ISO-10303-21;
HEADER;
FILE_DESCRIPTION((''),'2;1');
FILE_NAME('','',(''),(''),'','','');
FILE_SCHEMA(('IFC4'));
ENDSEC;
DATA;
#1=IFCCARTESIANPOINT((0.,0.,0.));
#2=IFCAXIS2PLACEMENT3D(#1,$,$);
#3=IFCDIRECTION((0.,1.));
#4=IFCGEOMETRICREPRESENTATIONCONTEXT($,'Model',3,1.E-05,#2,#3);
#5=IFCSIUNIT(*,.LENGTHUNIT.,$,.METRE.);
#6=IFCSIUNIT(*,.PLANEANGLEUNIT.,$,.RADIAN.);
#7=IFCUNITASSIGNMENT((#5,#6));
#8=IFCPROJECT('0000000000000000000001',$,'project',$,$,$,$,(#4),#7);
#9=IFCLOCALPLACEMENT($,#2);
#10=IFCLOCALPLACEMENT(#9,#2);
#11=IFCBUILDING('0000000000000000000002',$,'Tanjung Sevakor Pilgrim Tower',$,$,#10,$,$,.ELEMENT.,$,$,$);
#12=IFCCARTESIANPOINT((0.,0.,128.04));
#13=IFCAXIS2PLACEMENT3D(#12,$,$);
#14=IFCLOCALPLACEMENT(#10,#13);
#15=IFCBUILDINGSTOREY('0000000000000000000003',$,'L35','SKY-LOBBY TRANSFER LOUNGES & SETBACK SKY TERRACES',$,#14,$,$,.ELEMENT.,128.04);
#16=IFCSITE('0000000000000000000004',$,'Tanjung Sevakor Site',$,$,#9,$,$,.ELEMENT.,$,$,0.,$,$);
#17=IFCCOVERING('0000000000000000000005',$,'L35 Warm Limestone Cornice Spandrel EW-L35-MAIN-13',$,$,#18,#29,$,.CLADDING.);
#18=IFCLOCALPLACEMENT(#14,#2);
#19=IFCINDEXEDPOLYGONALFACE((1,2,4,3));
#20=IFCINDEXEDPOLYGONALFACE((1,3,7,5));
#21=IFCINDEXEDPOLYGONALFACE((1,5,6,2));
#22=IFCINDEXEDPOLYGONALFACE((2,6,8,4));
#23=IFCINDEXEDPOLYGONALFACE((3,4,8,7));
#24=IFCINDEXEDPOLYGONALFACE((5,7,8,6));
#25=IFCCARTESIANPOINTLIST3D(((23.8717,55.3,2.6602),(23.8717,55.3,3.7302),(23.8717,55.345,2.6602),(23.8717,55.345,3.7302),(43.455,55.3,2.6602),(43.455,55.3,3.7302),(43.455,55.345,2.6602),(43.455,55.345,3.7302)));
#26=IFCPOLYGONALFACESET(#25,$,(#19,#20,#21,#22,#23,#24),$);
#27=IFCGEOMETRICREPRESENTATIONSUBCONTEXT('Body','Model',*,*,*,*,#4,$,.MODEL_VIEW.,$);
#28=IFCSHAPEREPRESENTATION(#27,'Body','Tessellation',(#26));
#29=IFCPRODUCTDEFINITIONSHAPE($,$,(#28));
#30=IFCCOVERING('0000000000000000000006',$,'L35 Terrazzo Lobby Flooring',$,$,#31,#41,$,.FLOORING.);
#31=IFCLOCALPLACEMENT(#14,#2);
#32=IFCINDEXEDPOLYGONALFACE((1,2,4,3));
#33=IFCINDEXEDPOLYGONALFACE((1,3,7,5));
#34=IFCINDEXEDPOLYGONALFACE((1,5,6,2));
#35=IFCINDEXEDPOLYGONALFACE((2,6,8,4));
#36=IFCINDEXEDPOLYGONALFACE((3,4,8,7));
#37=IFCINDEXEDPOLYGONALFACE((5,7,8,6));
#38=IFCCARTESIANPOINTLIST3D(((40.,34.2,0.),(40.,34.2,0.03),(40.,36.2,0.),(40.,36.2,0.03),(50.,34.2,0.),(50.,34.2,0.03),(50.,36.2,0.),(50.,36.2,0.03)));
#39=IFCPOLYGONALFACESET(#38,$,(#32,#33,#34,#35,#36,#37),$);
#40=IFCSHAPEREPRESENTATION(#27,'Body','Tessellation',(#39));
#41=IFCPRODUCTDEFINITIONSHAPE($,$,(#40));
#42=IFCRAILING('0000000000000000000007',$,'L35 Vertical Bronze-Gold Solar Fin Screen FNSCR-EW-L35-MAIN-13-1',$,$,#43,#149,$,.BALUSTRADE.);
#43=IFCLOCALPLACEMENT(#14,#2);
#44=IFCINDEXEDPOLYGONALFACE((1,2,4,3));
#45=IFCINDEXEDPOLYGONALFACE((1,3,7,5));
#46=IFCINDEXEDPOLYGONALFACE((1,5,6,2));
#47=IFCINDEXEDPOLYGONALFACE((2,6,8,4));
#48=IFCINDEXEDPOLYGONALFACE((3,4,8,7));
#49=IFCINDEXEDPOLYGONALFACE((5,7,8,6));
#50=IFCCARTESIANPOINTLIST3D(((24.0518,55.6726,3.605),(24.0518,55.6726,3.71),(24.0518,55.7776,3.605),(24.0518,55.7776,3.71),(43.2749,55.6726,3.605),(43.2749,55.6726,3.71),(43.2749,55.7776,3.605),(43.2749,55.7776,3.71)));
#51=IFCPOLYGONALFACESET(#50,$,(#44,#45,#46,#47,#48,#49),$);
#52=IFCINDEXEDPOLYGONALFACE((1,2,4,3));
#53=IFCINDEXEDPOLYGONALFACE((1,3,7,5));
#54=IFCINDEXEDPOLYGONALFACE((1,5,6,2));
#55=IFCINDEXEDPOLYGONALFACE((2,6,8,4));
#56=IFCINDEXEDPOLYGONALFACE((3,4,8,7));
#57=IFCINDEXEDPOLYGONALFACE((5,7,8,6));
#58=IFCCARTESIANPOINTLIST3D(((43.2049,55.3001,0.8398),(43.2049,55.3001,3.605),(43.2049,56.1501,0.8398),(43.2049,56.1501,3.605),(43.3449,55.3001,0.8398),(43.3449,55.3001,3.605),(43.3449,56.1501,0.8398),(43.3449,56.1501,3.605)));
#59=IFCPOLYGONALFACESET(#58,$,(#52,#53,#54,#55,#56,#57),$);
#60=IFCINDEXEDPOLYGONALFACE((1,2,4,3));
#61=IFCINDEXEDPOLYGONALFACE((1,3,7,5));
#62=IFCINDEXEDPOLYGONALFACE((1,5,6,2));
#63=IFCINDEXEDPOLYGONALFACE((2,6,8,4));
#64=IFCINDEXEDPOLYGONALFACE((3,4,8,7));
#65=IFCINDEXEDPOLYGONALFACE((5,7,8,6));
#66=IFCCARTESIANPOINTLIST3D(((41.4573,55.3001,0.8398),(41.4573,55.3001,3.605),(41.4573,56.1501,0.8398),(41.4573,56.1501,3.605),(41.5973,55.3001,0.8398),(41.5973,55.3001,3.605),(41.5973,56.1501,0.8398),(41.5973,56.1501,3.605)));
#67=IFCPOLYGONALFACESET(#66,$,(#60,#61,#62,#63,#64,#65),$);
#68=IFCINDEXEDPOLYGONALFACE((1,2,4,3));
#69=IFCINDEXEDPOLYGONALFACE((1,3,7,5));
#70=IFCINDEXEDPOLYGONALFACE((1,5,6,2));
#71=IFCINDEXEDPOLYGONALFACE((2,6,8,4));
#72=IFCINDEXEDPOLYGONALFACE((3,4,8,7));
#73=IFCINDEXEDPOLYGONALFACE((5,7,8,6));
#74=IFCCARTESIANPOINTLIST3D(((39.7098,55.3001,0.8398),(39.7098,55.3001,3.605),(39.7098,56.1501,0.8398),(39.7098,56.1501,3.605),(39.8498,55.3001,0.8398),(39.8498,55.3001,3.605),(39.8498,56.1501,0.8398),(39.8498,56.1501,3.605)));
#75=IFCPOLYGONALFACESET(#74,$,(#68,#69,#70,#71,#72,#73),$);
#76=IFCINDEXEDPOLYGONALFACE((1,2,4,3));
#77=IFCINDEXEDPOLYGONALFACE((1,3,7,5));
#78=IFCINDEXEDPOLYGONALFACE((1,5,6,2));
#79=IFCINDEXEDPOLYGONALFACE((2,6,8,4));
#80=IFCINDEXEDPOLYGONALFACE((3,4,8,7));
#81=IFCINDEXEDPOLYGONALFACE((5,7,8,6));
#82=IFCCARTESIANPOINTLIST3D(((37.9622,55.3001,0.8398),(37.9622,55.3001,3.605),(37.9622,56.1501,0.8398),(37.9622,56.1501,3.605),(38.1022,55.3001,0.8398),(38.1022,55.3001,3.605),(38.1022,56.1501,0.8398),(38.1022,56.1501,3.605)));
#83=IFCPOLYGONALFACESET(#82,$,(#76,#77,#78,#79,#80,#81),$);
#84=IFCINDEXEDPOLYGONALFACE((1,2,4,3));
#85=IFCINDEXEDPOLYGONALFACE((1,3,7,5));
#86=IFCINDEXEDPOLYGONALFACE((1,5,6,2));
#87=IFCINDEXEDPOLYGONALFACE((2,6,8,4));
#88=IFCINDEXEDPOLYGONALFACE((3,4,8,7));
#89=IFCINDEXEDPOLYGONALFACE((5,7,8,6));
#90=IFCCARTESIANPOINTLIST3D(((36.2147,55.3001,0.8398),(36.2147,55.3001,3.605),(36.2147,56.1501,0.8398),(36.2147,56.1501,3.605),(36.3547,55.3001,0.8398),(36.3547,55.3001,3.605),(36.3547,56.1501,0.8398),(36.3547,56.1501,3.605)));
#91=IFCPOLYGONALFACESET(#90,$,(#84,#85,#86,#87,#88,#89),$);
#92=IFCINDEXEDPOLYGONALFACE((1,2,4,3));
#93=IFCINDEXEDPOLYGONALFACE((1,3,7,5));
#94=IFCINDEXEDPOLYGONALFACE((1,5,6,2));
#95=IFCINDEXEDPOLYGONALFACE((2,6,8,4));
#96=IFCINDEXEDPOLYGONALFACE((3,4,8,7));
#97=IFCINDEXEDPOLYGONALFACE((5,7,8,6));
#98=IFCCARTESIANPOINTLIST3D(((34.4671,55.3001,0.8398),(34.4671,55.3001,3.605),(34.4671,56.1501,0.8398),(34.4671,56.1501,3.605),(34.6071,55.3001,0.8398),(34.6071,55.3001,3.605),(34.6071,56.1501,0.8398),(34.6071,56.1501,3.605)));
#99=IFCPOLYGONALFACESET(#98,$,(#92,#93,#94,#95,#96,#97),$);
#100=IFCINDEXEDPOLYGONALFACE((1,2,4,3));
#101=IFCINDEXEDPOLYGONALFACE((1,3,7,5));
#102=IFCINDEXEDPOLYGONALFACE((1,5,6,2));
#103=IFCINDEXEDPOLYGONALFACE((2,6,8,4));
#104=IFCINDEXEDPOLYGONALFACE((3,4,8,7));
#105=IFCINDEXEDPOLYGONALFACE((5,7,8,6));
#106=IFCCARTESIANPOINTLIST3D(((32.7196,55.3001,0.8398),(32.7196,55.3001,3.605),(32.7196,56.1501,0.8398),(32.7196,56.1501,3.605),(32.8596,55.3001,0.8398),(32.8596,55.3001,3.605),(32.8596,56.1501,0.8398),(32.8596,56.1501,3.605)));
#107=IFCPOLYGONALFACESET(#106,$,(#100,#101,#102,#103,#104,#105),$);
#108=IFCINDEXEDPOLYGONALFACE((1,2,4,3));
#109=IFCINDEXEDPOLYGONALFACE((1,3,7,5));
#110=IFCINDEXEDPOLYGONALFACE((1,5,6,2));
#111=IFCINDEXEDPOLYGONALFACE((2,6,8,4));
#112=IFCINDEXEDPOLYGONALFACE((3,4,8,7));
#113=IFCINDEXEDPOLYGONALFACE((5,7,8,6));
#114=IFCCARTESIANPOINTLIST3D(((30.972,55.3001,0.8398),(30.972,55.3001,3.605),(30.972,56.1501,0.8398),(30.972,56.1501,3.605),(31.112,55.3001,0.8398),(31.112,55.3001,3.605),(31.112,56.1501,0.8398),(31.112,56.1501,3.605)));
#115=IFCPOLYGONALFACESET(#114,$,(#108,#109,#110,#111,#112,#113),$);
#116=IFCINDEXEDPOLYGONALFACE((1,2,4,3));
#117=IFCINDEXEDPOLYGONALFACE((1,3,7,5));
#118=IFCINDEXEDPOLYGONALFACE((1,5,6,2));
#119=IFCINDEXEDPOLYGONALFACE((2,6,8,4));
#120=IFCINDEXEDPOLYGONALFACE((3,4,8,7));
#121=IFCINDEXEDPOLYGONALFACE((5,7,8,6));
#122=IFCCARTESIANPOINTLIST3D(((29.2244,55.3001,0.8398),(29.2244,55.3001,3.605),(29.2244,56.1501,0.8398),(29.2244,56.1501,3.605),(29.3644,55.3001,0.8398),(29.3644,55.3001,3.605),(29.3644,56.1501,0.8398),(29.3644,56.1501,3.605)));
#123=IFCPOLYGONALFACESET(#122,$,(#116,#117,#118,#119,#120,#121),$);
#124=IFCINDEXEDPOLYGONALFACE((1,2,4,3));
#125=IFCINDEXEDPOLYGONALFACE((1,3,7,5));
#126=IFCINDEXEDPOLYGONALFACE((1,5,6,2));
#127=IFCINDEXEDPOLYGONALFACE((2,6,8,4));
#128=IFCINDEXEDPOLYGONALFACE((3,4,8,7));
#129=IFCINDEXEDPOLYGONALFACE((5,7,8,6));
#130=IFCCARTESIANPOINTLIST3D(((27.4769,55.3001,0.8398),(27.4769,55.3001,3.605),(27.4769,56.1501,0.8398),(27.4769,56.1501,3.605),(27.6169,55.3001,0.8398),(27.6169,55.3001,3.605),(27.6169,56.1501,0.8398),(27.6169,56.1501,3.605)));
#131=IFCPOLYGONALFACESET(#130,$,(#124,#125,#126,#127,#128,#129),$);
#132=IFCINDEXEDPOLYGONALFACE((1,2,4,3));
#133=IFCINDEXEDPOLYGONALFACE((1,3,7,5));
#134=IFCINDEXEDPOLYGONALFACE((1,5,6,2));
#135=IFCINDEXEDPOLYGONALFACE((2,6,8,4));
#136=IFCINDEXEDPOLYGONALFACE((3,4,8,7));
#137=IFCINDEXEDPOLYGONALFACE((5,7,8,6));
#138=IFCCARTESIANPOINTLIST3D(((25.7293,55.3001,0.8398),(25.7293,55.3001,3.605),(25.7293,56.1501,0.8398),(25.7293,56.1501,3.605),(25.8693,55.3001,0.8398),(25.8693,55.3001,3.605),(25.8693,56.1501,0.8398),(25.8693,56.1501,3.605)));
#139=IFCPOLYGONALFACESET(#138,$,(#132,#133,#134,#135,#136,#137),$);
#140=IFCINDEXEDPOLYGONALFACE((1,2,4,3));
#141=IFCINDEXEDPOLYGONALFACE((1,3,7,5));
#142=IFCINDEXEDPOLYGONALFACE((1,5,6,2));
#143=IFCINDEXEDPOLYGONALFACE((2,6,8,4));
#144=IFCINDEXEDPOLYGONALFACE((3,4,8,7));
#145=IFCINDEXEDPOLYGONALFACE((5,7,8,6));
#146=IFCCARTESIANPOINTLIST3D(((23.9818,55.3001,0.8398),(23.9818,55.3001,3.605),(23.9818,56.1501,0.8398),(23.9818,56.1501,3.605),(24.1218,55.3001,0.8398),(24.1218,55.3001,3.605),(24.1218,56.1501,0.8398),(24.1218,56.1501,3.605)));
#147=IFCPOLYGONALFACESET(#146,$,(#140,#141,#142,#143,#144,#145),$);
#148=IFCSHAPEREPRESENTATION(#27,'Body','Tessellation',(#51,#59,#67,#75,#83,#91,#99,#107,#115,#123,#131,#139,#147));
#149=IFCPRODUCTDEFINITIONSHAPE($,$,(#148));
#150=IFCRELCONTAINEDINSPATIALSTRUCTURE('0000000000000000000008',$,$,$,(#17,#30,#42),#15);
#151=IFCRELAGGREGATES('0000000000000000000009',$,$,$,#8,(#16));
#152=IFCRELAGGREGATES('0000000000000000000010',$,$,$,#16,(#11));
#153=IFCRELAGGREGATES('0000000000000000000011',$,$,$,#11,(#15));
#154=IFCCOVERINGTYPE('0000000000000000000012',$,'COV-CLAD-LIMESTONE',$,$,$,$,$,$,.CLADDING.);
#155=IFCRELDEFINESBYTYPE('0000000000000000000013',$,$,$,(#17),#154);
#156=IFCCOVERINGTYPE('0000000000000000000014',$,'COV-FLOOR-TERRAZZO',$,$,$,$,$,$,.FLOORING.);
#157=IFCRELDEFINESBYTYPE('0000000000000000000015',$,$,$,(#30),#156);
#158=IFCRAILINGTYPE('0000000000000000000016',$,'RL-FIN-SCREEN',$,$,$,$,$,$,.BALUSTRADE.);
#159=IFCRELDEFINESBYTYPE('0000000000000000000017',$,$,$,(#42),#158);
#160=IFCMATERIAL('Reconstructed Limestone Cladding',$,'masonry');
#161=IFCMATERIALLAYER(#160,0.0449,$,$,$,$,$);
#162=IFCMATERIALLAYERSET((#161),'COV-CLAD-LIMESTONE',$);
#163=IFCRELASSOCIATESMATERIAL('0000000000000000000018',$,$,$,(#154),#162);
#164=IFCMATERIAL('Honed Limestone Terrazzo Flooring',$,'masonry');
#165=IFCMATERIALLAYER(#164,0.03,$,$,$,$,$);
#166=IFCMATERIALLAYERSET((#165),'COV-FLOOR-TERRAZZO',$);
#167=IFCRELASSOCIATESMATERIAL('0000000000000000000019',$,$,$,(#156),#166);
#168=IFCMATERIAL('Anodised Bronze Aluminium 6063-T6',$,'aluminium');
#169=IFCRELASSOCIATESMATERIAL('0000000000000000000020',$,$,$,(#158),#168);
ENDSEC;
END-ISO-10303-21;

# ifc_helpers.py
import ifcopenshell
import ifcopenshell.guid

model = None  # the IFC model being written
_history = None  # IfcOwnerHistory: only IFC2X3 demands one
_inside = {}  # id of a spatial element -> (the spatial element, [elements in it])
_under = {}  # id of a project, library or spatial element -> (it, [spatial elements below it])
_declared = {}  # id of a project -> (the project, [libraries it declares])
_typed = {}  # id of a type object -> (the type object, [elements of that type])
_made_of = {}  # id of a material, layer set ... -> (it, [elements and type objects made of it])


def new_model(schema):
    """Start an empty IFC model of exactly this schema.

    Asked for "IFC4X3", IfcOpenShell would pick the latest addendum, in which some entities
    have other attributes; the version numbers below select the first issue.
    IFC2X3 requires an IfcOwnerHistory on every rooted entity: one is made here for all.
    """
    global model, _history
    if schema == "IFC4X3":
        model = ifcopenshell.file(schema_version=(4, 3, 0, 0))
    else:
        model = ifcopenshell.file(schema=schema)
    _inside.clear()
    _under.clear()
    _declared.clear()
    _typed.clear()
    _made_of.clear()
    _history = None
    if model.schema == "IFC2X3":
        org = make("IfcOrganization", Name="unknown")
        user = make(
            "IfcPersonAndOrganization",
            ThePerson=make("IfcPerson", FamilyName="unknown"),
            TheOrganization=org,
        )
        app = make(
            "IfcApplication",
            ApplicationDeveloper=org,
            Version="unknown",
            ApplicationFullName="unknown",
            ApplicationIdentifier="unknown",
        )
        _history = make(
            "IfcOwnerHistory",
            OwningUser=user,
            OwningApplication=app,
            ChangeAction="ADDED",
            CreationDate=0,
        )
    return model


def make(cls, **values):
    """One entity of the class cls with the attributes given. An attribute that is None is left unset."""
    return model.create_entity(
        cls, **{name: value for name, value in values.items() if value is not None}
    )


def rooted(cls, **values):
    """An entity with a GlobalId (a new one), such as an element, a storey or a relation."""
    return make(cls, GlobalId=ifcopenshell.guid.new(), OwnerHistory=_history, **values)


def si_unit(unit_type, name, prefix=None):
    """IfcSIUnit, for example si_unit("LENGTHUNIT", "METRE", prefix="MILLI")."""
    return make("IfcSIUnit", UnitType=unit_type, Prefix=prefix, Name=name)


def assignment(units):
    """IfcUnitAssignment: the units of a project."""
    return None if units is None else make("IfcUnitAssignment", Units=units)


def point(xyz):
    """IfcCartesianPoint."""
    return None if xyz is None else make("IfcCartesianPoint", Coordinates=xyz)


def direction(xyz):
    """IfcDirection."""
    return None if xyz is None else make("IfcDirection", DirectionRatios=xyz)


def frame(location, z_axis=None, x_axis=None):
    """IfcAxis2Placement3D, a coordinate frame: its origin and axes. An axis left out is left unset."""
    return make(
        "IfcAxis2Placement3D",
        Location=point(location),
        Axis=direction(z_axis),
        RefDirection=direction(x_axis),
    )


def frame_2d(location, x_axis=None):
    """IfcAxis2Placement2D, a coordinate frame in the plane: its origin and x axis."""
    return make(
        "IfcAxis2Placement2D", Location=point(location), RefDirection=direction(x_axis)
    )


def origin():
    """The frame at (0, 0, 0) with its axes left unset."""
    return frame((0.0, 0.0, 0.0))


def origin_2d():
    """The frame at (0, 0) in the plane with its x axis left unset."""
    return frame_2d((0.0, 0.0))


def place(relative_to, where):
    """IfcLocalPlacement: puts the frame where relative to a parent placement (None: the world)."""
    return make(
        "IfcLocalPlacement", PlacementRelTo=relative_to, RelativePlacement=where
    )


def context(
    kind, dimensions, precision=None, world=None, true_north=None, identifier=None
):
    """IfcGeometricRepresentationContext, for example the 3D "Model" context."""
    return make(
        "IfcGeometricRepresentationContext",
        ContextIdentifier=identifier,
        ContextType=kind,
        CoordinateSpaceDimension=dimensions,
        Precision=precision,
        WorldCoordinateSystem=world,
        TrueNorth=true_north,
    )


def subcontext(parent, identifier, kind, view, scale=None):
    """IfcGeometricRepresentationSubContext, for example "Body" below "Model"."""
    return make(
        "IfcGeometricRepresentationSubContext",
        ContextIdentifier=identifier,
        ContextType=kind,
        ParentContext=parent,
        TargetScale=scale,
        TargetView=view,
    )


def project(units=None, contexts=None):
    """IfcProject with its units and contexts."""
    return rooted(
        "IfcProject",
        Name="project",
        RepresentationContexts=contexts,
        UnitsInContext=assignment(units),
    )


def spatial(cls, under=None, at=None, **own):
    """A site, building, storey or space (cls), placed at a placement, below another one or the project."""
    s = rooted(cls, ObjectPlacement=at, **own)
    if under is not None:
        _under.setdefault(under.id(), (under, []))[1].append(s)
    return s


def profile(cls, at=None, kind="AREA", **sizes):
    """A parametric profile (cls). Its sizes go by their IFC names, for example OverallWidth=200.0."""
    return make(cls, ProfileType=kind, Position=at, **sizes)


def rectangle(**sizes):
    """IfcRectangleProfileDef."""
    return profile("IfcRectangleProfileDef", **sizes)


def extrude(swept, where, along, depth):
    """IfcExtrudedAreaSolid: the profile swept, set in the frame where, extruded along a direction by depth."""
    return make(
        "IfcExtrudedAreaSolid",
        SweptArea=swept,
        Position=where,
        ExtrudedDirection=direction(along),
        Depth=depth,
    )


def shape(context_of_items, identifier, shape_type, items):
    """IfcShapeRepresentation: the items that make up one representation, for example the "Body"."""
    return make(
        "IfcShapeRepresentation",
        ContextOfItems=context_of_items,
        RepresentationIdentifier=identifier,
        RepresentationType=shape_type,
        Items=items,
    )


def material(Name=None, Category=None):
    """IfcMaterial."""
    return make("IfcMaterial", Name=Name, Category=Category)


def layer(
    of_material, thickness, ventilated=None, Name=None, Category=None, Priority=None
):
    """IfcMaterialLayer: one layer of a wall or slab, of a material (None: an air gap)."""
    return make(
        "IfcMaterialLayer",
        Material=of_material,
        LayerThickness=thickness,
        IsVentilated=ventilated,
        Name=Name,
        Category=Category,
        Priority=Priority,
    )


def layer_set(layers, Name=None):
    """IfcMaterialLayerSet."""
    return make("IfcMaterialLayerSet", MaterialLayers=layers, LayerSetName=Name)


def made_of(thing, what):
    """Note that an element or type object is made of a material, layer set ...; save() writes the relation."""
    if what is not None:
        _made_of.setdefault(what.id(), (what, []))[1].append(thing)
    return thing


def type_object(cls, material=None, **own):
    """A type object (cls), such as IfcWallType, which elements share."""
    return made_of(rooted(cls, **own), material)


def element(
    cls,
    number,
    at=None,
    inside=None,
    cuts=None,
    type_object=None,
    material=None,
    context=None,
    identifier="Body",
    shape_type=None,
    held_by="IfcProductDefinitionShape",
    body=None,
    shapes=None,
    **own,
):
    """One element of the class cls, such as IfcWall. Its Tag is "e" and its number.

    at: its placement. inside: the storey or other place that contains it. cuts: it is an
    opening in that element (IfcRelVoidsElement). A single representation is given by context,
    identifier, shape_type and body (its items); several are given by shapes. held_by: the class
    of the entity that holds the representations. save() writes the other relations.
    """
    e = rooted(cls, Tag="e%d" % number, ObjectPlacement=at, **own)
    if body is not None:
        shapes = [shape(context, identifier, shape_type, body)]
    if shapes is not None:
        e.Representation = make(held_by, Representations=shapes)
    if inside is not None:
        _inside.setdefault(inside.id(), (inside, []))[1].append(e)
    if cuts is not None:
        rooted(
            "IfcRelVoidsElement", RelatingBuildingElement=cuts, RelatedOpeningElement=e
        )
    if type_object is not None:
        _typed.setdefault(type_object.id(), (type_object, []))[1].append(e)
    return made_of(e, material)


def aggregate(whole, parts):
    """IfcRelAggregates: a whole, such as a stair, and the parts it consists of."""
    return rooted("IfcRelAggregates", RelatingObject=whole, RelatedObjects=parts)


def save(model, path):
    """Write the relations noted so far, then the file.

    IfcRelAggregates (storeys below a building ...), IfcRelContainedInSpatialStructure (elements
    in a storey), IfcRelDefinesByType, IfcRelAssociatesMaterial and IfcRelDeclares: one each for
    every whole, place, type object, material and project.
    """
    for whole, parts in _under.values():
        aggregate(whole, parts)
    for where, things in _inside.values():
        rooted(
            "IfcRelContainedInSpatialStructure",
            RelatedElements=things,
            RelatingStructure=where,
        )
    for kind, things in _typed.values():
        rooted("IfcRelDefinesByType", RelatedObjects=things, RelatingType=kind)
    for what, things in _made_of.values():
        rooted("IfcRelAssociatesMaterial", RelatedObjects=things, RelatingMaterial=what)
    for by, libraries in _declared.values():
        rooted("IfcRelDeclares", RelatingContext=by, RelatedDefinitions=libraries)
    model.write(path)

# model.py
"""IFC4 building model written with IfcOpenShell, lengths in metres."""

from ifc_helpers import new_model, si_unit, direction, frame, origin, origin_2d, place, context, subcontext, project, spatial, rectangle, extrude, material, layer, layer_set, type_object, element, save


model = new_model("IFC4")

# Units and contexts
model_context = context("Model", 3, precision=1e-05, world=origin(), true_north=direction((0.0, 1.0)))
body_context = subcontext(model_context, "Body", "Model", "MODEL_VIEW")
ifc_project = project(units=[si_unit("LENGTHUNIT", "METRE"), si_unit("PLANEANGLEUNIT", "RADIAN")], contexts=[model_context])

# Site, building, storey
site_placement = place(None, origin())
site = spatial("IfcSite", under=ifc_project, at=site_placement, Name="Tanjung Sevakor Site", CompositionType="ELEMENT", RefElevation=0.0)
building_placement = place(site_placement, origin())
building = spatial("IfcBuilding", under=site, at=building_placement, Name="Tanjung Sevakor Pilgrim Tower", CompositionType="ELEMENT")
storey_placement = place(building_placement, frame((0.0, 0.0, 128.04)))
storey = spatial("IfcBuildingStorey", under=building, at=storey_placement, Name="L35", Description="SKY-LOBBY TRANSFER LOUNGES & SETBACK SKY TERRACES", CompositionType="ELEMENT", Elevation=128.04)

# Coverings
ifc_material_1 = material(Name="Reconstructed Limestone Cladding", Category="masonry")
ifc_layer_1 = layer(ifc_material_1, 0.0449)
ifc_layer_set_1 = layer_set([ifc_layer_1], Name="COV-CLAD-LIMESTONE")
covering_type_1 = type_object("IfcCoveringType", Name="COV-CLAD-LIMESTONE", PredefinedType="CLADDING", material=ifc_layer_set_1)
covering_1_placement = place(storey_placement, frame((33.6633, 55.3225, 2.6602), z_axis=(0.0, 0.0, 1.0), x_axis=(-1.0, 0.0, 0.0)))
element("IfcCovering", 1, at=covering_1_placement, inside=storey, type_object=covering_type_1, Name="L35 Warm Limestone Cornice Spandrel EW-L35-MAIN-13", PredefinedType="CLADDING", context=body_context, shape_type="SweptSolid", body=[
    extrude(rectangle(XDim=19.5833, YDim=0.0449, at=origin_2d()), origin(), (0.0, 0.0, 1.0), 1.0701),
])
ifc_material_2 = material(Name="Honed Limestone Terrazzo Flooring", Category="masonry")
ifc_layer_2 = layer(ifc_material_2, 0.03)
ifc_layer_set_2 = layer_set([ifc_layer_2], Name="COV-FLOOR-TERRAZZO")
covering_type_2 = type_object("IfcCoveringType", Name="COV-FLOOR-TERRAZZO", PredefinedType="FLOORING", material=ifc_layer_set_2)
covering_2_placement = place(storey_placement, frame((45.0, 35.2, 0.0), z_axis=(0.0, 0.0, 1.0), x_axis=(1.0, 0.0, 0.0)))
element("IfcCovering", 2, at=covering_2_placement, inside=storey, type_object=covering_type_2, Name="L35 Terrazzo Lobby Flooring", PredefinedType="FLOORING", context=body_context, shape_type="SweptSolid", body=[
    extrude(rectangle(XDim=10.0, YDim=2.0, at=origin_2d()), origin(), (0.0, 0.0, 1.0), 0.03),
])

# Railing
ifc_material_3 = material(Name="Anodised Bronze Aluminium 6063-T6", Category="aluminium")
railing_type = type_object("IfcRailingType", Name="RL-FIN-SCREEN", PredefinedType="BALUSTRADE", material=ifc_material_3)
railing_placement = place(storey_placement, frame((43.2749, 55.7251, 0.8398)))
element("IfcRailing", 3, at=railing_placement, inside=storey, type_object=railing_type, Name="L35 Vertical Bronze-Gold Solar Fin Screen FNSCR-EW-L35-MAIN-13-1", PredefinedType="BALUSTRADE", context=body_context, shape_type="SweptSolid", body=[
    extrude(rectangle(XDim=0.105, YDim=0.105), frame((0.0, 0.0, 2.8176), z_axis=(-1.0, 0.0, 0.0), x_axis=(0.0, -1.0, 0.0)), (0.0, 0.0, 1.0), 19.2231),
    extrude(rectangle(XDim=0.14, YDim=0.85), origin(), (0.0, 0.0, 1.0), 2.7651),
    extrude(rectangle(XDim=0.14, YDim=0.85), frame((-1.7476, 0.0, 0.0)), (0.0, 0.0, 1.0), 2.7651),
    extrude(rectangle(XDim=0.14, YDim=0.85), frame((-3.4951, 0.0, 0.0)), (0.0, 0.0, 1.0), 2.7651),
    extrude(rectangle(XDim=0.14, YDim=0.85), frame((-5.2427, 0.0, 0.0)), (0.0, 0.0, 1.0), 2.7651),
    extrude(rectangle(XDim=0.14, YDim=0.85), frame((-6.9902, 0.0, 0.0)), (0.0, 0.0, 1.0), 2.7651),
    extrude(rectangle(XDim=0.14, YDim=0.85), frame((-8.7378, 0.0, 0.0)), (0.0, 0.0, 1.0), 2.7651),
    extrude(rectangle(XDim=0.14, YDim=0.85), frame((-10.4854, 0.0, 0.0)), (0.0, 0.0, 1.0), 2.7651),
    extrude(rectangle(XDim=0.14, YDim=0.85), frame((-12.2329, 0.0, 0.0)), (0.0, 0.0, 1.0), 2.7651),
    extrude(rectangle(XDim=0.14, YDim=0.85), frame((-13.9805, 0.0, 0.0)), (0.0, 0.0, 1.0), 2.7651),
    extrude(rectangle(XDim=0.14, YDim=0.85), frame((-15.728, 0.0, 0.0)), (0.0, 0.0, 1.0), 2.7651),
    extrude(rectangle(XDim=0.14, YDim=0.85), frame((-17.4756, 0.0, 0.0)), (0.0, 0.0, 1.0), 2.7651),
    extrude(rectangle(XDim=0.14, YDim=0.85), frame((-19.2231, 0.0, 0.0)), (0.0, 0.0, 1.0), 2.7651),
])

save(model, "model.ifc")
